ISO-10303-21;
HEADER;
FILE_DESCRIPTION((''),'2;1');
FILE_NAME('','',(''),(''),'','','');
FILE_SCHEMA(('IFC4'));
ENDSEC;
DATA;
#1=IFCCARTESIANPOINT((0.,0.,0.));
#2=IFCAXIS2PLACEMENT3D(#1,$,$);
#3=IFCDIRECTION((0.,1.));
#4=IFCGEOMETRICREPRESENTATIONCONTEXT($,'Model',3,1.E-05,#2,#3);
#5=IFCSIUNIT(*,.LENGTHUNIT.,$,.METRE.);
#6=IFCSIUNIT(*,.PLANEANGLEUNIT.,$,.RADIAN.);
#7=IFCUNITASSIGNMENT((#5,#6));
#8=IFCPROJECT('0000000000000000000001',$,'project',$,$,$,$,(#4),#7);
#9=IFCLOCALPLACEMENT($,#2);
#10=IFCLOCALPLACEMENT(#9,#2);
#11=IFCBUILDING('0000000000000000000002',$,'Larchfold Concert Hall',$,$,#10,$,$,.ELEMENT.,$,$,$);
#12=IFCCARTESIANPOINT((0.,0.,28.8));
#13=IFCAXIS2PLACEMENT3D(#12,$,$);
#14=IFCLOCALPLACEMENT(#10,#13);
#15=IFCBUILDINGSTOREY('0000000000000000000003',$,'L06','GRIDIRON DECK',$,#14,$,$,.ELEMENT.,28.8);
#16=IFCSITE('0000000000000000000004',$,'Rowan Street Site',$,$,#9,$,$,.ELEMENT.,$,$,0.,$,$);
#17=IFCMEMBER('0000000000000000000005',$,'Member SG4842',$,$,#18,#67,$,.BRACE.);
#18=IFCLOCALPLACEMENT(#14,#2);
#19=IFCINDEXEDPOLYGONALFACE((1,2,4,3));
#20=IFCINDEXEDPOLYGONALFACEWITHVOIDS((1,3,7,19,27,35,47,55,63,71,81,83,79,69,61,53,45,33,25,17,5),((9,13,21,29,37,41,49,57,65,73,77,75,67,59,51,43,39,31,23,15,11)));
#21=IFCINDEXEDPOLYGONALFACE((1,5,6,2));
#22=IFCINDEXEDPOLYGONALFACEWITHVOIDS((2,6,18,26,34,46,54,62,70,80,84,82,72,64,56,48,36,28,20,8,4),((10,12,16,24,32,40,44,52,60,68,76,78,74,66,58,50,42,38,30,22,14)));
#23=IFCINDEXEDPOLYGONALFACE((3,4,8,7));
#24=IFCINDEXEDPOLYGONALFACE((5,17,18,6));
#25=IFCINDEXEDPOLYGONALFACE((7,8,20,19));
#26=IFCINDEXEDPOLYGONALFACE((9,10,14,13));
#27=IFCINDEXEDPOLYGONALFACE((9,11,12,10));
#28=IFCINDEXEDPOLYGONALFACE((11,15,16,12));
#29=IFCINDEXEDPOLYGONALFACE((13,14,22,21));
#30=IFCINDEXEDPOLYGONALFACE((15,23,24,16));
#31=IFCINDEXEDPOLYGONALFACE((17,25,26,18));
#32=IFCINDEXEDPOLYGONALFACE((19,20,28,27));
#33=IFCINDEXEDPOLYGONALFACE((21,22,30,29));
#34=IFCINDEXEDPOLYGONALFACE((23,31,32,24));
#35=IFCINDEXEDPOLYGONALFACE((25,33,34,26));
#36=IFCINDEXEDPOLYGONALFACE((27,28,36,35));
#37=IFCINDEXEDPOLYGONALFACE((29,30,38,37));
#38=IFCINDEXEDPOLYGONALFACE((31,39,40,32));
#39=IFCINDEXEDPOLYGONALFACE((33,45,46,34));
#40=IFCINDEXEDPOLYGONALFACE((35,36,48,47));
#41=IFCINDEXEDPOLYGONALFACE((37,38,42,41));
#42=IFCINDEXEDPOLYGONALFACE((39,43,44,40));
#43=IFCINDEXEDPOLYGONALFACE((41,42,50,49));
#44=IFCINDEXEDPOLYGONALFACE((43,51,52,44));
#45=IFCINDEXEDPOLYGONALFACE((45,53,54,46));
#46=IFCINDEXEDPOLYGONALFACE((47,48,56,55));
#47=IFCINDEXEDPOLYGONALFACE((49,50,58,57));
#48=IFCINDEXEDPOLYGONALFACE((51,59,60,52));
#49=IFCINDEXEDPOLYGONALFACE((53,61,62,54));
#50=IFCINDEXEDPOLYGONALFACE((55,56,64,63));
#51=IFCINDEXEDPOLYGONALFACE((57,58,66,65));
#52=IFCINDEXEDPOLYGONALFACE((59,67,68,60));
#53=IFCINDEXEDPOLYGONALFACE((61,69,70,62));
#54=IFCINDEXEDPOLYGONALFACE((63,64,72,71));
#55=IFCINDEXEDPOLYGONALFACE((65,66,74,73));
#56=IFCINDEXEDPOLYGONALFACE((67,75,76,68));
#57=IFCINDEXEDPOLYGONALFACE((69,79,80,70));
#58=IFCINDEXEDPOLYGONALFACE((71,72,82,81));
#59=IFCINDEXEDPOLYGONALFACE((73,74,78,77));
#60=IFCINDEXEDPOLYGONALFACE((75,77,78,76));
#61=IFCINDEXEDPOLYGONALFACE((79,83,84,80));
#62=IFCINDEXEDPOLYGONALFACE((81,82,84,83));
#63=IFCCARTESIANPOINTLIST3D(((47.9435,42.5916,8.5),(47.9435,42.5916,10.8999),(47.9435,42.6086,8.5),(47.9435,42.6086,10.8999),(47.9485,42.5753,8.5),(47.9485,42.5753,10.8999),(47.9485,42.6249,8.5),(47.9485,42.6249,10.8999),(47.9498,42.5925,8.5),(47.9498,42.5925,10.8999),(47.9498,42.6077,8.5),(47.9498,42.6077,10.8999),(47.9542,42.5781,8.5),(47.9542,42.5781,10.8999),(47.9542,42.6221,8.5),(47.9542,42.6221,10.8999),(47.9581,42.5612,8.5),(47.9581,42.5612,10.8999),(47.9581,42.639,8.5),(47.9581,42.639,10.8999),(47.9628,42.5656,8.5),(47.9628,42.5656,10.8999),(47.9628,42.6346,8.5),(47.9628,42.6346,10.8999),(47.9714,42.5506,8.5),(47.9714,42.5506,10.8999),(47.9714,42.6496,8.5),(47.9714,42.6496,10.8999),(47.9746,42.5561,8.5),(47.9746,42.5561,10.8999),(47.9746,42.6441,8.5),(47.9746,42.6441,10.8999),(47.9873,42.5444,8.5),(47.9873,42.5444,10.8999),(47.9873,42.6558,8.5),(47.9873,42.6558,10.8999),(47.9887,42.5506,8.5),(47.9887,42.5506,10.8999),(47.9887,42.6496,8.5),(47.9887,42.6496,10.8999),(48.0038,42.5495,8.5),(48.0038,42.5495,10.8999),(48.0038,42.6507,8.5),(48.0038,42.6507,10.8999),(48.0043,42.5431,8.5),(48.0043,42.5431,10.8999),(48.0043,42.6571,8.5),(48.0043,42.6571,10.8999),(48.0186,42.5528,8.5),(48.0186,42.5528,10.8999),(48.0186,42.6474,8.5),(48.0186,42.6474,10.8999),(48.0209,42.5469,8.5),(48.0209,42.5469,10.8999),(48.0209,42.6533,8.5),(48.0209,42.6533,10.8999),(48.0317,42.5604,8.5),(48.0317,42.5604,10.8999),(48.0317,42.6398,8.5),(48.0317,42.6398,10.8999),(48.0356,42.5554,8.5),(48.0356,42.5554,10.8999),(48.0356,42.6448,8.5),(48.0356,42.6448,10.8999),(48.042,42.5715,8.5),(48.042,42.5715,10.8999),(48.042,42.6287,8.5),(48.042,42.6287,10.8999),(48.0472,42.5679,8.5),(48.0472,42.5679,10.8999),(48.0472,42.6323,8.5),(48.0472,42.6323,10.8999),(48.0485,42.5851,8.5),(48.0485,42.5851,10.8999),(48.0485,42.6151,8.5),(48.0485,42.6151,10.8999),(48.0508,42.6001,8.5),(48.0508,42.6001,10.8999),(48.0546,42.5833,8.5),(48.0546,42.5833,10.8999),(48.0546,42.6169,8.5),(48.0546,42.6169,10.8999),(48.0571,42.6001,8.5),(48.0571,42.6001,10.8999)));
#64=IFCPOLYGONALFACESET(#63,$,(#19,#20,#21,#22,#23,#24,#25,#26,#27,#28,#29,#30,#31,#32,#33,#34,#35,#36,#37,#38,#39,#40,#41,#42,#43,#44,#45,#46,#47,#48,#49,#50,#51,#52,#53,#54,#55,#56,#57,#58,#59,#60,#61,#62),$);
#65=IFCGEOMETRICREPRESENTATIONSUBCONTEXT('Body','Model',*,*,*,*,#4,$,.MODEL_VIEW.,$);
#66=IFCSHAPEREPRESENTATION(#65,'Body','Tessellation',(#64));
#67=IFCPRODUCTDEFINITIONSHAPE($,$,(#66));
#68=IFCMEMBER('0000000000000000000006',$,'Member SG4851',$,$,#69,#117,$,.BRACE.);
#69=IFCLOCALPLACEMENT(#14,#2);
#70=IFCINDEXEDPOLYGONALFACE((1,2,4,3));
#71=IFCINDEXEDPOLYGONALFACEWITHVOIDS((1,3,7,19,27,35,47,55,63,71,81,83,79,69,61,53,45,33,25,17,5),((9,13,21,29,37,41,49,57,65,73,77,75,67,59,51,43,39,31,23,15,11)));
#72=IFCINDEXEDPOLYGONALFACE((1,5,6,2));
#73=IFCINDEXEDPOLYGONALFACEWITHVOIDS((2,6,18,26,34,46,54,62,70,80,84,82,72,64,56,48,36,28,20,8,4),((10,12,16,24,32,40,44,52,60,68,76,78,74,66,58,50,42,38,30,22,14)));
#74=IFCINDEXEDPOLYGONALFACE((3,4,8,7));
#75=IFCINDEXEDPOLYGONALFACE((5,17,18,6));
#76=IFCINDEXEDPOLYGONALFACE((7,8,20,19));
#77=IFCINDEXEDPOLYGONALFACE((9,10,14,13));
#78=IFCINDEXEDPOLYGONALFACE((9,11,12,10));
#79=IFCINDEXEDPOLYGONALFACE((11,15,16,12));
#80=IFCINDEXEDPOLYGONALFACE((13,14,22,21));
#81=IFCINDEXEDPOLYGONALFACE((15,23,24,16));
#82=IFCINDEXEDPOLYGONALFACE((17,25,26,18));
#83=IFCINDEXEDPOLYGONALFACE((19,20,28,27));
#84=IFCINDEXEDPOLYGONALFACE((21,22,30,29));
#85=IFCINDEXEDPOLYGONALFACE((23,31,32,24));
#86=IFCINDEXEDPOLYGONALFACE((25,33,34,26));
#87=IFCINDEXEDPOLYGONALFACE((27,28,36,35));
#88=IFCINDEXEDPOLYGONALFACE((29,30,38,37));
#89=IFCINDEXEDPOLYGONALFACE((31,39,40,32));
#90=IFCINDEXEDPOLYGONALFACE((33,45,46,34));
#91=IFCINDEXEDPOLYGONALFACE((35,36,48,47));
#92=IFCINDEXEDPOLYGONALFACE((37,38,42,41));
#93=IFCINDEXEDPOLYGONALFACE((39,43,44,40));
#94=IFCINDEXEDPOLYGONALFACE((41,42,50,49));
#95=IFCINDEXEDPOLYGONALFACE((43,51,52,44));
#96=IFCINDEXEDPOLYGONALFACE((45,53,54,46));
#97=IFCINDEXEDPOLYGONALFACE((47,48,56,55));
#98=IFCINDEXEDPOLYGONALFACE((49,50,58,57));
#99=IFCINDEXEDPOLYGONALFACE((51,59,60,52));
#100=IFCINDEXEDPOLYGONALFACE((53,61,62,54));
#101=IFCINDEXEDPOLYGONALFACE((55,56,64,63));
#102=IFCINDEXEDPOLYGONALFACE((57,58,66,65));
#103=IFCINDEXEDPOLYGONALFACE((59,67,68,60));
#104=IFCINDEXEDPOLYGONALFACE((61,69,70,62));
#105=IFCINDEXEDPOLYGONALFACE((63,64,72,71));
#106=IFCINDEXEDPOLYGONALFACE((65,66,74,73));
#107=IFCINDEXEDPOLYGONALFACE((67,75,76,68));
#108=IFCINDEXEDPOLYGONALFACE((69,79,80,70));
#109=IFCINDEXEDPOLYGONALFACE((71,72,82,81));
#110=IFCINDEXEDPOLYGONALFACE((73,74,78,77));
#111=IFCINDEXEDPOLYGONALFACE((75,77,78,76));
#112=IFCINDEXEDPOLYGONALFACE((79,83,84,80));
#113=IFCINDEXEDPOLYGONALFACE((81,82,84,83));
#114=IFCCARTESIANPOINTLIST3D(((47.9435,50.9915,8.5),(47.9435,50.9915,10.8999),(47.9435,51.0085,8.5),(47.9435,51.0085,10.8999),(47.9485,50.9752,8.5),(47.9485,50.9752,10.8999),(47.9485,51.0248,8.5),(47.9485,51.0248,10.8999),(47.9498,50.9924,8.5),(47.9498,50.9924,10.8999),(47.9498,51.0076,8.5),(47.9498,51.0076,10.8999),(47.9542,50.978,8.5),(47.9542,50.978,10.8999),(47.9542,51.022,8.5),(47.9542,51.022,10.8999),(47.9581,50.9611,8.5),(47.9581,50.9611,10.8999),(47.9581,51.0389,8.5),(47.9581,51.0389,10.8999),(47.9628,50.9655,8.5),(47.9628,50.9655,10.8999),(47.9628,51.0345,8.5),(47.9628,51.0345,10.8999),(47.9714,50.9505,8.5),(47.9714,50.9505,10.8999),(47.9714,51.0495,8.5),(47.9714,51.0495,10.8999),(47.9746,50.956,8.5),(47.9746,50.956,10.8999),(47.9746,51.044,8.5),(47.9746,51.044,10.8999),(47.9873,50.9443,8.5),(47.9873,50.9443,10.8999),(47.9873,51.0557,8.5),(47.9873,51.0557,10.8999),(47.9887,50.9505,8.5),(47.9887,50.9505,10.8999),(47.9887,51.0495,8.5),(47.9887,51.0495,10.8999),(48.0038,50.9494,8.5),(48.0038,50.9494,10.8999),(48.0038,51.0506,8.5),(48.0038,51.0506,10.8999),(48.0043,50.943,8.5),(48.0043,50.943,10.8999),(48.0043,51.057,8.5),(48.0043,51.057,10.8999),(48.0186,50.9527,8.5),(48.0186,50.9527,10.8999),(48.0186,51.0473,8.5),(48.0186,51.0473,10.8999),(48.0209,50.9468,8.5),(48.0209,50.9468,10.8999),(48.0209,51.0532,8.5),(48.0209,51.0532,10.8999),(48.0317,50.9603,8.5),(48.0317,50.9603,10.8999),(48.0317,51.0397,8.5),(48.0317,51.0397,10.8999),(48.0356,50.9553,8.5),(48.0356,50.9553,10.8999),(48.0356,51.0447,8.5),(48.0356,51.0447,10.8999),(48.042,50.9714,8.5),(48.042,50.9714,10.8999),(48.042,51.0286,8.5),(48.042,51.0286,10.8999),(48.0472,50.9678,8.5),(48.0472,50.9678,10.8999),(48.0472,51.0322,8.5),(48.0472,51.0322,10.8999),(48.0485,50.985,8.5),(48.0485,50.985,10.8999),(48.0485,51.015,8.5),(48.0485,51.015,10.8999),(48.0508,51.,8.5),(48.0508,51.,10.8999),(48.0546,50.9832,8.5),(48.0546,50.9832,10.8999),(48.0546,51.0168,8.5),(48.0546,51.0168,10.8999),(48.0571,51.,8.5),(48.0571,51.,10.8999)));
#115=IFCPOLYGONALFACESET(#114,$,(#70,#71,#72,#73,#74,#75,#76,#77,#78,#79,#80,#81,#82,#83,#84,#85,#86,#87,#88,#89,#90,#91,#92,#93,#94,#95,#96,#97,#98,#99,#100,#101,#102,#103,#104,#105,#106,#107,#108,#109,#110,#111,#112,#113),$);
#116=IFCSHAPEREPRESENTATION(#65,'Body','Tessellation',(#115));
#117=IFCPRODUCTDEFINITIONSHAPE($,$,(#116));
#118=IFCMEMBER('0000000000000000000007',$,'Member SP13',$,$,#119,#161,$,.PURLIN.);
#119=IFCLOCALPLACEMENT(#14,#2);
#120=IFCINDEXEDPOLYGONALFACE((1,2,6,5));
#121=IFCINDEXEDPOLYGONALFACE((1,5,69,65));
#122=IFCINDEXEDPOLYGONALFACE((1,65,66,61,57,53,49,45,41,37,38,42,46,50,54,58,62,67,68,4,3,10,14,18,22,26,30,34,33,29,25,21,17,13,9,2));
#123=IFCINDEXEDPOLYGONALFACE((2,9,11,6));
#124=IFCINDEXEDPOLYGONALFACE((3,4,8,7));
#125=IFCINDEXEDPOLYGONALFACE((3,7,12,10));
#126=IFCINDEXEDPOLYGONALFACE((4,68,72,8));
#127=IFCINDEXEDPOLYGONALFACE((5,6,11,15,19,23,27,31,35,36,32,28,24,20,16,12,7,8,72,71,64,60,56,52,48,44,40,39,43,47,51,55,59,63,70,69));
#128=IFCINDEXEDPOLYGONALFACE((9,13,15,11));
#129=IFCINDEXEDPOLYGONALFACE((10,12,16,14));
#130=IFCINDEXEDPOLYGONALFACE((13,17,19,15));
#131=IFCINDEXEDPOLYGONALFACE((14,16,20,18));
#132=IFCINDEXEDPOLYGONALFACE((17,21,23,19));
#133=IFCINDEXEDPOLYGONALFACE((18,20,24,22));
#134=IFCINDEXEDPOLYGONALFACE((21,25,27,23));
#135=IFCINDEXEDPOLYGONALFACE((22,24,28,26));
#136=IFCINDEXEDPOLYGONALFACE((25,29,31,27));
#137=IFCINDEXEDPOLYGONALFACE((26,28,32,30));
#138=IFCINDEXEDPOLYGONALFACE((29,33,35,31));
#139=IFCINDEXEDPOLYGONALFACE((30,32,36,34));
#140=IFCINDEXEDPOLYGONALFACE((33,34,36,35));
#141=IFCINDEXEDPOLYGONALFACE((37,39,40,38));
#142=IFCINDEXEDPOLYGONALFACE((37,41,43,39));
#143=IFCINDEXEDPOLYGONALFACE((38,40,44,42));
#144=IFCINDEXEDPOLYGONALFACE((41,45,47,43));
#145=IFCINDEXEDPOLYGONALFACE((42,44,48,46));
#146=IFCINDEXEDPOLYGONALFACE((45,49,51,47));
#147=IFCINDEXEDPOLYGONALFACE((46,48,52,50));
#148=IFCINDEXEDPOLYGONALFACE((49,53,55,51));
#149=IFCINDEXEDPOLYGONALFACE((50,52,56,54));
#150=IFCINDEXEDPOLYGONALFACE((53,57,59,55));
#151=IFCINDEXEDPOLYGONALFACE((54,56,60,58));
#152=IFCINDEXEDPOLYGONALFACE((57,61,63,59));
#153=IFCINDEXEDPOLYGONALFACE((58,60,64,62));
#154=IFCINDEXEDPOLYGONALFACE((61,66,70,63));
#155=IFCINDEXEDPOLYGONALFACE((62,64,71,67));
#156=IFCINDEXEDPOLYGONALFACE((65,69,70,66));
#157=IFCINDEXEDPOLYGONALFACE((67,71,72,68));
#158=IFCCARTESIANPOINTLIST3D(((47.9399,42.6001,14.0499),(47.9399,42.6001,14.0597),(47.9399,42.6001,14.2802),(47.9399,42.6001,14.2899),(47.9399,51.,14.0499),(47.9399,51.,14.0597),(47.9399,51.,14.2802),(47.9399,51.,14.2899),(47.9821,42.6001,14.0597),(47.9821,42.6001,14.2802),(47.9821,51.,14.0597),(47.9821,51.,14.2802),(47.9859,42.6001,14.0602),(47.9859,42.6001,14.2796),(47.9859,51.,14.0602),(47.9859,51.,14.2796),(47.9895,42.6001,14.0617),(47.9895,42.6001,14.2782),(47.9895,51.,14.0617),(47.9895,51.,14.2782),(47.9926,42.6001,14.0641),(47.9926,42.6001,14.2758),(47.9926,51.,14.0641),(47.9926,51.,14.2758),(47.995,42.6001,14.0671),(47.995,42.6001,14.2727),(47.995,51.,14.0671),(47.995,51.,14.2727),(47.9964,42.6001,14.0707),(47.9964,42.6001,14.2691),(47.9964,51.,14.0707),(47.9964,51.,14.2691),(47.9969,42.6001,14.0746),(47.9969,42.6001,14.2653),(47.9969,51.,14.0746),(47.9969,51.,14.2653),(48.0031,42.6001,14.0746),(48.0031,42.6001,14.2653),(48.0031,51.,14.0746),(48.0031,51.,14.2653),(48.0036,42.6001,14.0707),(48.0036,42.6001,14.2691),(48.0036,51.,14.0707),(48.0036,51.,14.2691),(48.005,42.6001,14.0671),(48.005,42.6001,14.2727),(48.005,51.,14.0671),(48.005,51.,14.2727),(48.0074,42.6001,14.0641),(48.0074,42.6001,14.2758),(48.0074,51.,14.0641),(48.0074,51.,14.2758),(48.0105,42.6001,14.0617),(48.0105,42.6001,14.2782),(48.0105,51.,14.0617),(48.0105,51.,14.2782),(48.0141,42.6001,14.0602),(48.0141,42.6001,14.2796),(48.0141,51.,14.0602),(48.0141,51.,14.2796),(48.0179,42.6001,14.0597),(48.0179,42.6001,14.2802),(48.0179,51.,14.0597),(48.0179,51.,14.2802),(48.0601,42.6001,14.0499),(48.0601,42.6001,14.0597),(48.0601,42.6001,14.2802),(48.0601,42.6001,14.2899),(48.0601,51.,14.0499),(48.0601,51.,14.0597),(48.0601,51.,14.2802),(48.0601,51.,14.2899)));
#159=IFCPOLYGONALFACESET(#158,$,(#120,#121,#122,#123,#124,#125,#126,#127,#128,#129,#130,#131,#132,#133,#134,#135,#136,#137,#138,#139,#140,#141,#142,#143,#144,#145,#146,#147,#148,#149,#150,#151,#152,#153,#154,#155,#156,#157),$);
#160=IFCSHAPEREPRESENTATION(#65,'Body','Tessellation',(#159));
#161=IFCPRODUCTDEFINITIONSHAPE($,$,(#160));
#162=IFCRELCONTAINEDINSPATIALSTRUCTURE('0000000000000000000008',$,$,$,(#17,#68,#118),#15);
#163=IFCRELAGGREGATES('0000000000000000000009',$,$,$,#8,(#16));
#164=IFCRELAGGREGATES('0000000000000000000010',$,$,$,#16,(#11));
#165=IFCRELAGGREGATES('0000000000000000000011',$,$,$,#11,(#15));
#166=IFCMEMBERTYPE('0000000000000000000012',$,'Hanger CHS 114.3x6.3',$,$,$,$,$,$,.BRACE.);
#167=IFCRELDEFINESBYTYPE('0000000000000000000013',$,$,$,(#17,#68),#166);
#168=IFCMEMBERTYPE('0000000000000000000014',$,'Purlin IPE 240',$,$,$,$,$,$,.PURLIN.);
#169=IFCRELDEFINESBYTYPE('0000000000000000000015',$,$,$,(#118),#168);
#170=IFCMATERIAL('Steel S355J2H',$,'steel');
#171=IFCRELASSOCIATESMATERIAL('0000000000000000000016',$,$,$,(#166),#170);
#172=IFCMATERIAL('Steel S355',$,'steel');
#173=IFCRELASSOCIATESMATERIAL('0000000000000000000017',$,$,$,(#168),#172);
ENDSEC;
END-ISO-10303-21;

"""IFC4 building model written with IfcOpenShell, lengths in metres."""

from ifc_helpers import new_model, si_unit, direction, frame, origin, origin_2d, place, context, subcontext, project, spatial, hollow_circle, i_section, extrude, material, material_profile, profile_set, type_object, element, save


model = new_model("IFC4")

# Units and contexts
model_context = context("Model", 3, precision=1e-05, world=origin(), true_north=direction((0.0, 1.0)))
body_context = subcontext(model_context, "Body", "Model", "MODEL_VIEW")
ifc_project = project(units=[si_unit("LENGTHUNIT", "METRE"), si_unit("PLANEANGLEUNIT", "RADIAN")], contexts=[model_context])

# Site, building, storey
site_placement = place(None, origin())
site = spatial("IfcSite", under=ifc_project, at=site_placement, Name="Rowan Street Site", CompositionType="ELEMENT", RefElevation=0.0)
building_placement = place(site_placement, origin())
building = spatial("IfcBuilding", under=site, at=building_placement, Name="Larchfold Concert Hall", CompositionType="ELEMENT")
storey_placement = place(building_placement, frame((0.0, 0.0, 28.8)))
storey = spatial("IfcBuildingStorey", under=building, at=storey_placement, Name="L06", Description="GRIDIRON DECK", CompositionType="ELEMENT", Elevation=28.8)

# Members
ifc_material_1 = material(Name="Steel S355J2H", Category="steel")
ifc_material_profile_1 = material_profile(ifc_material_1, hollow_circle(Radius=0.0571, WallThickness=0.0063, at=origin_2d()))
ifc_profile_set_1 = profile_set([ifc_material_profile_1], Name="Steel S355J2H")
member_type_1 = type_object("IfcMemberType", Name="Hanger CHS 114.3x6.3", PredefinedType="BRACE", material=ifc_profile_set_1)
for number, where, z_axis, x_axis, name in (
    (1, (48.0, 42.6001, 8.5), (0.0, 0.0, 1.0), (1.0, 0.0, 0.0), "Member SG4842"),
    (2, (48.0, 51.0, 8.5), (0.0, 0.0, 1.0), (1.0, 0.0, 0.0), "Member SG4851"),
):
    element("IfcMember", number, at=place(storey_placement, frame(where, z_axis=z_axis, x_axis=x_axis)), inside=storey, type_object=member_type_1, Name=name, PredefinedType="BRACE", context=body_context, shape_type="SweptSolid", body=[
        extrude(hollow_circle(Radius=0.0571, WallThickness=0.0063, at=origin_2d()), origin(), (0.0, 0.0, 1.0), 2.3999),
    ])
ifc_material_2 = material(Name="Steel S355", Category="steel")
ifc_material_profile_2 = material_profile(ifc_material_2, i_section(OverallWidth=0.1201, OverallDepth=0.24, WebThickness=0.0061, FlangeThickness=0.0098, FilletRadius=0.0149, at=origin_2d()))
ifc_profile_set_2 = profile_set([ifc_material_profile_2], Name="Steel S355")
member_type_2 = type_object("IfcMemberType", Name="Purlin IPE 240", PredefinedType="PURLIN", material=ifc_profile_set_2)
member_1_placement = place(storey_placement, frame((48.0, 42.6001, 14.1699), z_axis=(0.0, 1.0, 0.0), x_axis=(-1.0, 0.0, 0.0)))
element("IfcMember", 3, at=member_1_placement, inside=storey, type_object=member_type_2, Name="Member SP13", PredefinedType="PURLIN", context=body_context, shape_type="SweptSolid", body=[
    extrude(i_section(OverallWidth=0.1201, OverallDepth=0.24, WebThickness=0.0061, FlangeThickness=0.0098, FilletRadius=0.0149, at=origin_2d()), origin(), (0.0, 0.0, 1.0), 8.3999),
])

save(model, "model.ifc")
